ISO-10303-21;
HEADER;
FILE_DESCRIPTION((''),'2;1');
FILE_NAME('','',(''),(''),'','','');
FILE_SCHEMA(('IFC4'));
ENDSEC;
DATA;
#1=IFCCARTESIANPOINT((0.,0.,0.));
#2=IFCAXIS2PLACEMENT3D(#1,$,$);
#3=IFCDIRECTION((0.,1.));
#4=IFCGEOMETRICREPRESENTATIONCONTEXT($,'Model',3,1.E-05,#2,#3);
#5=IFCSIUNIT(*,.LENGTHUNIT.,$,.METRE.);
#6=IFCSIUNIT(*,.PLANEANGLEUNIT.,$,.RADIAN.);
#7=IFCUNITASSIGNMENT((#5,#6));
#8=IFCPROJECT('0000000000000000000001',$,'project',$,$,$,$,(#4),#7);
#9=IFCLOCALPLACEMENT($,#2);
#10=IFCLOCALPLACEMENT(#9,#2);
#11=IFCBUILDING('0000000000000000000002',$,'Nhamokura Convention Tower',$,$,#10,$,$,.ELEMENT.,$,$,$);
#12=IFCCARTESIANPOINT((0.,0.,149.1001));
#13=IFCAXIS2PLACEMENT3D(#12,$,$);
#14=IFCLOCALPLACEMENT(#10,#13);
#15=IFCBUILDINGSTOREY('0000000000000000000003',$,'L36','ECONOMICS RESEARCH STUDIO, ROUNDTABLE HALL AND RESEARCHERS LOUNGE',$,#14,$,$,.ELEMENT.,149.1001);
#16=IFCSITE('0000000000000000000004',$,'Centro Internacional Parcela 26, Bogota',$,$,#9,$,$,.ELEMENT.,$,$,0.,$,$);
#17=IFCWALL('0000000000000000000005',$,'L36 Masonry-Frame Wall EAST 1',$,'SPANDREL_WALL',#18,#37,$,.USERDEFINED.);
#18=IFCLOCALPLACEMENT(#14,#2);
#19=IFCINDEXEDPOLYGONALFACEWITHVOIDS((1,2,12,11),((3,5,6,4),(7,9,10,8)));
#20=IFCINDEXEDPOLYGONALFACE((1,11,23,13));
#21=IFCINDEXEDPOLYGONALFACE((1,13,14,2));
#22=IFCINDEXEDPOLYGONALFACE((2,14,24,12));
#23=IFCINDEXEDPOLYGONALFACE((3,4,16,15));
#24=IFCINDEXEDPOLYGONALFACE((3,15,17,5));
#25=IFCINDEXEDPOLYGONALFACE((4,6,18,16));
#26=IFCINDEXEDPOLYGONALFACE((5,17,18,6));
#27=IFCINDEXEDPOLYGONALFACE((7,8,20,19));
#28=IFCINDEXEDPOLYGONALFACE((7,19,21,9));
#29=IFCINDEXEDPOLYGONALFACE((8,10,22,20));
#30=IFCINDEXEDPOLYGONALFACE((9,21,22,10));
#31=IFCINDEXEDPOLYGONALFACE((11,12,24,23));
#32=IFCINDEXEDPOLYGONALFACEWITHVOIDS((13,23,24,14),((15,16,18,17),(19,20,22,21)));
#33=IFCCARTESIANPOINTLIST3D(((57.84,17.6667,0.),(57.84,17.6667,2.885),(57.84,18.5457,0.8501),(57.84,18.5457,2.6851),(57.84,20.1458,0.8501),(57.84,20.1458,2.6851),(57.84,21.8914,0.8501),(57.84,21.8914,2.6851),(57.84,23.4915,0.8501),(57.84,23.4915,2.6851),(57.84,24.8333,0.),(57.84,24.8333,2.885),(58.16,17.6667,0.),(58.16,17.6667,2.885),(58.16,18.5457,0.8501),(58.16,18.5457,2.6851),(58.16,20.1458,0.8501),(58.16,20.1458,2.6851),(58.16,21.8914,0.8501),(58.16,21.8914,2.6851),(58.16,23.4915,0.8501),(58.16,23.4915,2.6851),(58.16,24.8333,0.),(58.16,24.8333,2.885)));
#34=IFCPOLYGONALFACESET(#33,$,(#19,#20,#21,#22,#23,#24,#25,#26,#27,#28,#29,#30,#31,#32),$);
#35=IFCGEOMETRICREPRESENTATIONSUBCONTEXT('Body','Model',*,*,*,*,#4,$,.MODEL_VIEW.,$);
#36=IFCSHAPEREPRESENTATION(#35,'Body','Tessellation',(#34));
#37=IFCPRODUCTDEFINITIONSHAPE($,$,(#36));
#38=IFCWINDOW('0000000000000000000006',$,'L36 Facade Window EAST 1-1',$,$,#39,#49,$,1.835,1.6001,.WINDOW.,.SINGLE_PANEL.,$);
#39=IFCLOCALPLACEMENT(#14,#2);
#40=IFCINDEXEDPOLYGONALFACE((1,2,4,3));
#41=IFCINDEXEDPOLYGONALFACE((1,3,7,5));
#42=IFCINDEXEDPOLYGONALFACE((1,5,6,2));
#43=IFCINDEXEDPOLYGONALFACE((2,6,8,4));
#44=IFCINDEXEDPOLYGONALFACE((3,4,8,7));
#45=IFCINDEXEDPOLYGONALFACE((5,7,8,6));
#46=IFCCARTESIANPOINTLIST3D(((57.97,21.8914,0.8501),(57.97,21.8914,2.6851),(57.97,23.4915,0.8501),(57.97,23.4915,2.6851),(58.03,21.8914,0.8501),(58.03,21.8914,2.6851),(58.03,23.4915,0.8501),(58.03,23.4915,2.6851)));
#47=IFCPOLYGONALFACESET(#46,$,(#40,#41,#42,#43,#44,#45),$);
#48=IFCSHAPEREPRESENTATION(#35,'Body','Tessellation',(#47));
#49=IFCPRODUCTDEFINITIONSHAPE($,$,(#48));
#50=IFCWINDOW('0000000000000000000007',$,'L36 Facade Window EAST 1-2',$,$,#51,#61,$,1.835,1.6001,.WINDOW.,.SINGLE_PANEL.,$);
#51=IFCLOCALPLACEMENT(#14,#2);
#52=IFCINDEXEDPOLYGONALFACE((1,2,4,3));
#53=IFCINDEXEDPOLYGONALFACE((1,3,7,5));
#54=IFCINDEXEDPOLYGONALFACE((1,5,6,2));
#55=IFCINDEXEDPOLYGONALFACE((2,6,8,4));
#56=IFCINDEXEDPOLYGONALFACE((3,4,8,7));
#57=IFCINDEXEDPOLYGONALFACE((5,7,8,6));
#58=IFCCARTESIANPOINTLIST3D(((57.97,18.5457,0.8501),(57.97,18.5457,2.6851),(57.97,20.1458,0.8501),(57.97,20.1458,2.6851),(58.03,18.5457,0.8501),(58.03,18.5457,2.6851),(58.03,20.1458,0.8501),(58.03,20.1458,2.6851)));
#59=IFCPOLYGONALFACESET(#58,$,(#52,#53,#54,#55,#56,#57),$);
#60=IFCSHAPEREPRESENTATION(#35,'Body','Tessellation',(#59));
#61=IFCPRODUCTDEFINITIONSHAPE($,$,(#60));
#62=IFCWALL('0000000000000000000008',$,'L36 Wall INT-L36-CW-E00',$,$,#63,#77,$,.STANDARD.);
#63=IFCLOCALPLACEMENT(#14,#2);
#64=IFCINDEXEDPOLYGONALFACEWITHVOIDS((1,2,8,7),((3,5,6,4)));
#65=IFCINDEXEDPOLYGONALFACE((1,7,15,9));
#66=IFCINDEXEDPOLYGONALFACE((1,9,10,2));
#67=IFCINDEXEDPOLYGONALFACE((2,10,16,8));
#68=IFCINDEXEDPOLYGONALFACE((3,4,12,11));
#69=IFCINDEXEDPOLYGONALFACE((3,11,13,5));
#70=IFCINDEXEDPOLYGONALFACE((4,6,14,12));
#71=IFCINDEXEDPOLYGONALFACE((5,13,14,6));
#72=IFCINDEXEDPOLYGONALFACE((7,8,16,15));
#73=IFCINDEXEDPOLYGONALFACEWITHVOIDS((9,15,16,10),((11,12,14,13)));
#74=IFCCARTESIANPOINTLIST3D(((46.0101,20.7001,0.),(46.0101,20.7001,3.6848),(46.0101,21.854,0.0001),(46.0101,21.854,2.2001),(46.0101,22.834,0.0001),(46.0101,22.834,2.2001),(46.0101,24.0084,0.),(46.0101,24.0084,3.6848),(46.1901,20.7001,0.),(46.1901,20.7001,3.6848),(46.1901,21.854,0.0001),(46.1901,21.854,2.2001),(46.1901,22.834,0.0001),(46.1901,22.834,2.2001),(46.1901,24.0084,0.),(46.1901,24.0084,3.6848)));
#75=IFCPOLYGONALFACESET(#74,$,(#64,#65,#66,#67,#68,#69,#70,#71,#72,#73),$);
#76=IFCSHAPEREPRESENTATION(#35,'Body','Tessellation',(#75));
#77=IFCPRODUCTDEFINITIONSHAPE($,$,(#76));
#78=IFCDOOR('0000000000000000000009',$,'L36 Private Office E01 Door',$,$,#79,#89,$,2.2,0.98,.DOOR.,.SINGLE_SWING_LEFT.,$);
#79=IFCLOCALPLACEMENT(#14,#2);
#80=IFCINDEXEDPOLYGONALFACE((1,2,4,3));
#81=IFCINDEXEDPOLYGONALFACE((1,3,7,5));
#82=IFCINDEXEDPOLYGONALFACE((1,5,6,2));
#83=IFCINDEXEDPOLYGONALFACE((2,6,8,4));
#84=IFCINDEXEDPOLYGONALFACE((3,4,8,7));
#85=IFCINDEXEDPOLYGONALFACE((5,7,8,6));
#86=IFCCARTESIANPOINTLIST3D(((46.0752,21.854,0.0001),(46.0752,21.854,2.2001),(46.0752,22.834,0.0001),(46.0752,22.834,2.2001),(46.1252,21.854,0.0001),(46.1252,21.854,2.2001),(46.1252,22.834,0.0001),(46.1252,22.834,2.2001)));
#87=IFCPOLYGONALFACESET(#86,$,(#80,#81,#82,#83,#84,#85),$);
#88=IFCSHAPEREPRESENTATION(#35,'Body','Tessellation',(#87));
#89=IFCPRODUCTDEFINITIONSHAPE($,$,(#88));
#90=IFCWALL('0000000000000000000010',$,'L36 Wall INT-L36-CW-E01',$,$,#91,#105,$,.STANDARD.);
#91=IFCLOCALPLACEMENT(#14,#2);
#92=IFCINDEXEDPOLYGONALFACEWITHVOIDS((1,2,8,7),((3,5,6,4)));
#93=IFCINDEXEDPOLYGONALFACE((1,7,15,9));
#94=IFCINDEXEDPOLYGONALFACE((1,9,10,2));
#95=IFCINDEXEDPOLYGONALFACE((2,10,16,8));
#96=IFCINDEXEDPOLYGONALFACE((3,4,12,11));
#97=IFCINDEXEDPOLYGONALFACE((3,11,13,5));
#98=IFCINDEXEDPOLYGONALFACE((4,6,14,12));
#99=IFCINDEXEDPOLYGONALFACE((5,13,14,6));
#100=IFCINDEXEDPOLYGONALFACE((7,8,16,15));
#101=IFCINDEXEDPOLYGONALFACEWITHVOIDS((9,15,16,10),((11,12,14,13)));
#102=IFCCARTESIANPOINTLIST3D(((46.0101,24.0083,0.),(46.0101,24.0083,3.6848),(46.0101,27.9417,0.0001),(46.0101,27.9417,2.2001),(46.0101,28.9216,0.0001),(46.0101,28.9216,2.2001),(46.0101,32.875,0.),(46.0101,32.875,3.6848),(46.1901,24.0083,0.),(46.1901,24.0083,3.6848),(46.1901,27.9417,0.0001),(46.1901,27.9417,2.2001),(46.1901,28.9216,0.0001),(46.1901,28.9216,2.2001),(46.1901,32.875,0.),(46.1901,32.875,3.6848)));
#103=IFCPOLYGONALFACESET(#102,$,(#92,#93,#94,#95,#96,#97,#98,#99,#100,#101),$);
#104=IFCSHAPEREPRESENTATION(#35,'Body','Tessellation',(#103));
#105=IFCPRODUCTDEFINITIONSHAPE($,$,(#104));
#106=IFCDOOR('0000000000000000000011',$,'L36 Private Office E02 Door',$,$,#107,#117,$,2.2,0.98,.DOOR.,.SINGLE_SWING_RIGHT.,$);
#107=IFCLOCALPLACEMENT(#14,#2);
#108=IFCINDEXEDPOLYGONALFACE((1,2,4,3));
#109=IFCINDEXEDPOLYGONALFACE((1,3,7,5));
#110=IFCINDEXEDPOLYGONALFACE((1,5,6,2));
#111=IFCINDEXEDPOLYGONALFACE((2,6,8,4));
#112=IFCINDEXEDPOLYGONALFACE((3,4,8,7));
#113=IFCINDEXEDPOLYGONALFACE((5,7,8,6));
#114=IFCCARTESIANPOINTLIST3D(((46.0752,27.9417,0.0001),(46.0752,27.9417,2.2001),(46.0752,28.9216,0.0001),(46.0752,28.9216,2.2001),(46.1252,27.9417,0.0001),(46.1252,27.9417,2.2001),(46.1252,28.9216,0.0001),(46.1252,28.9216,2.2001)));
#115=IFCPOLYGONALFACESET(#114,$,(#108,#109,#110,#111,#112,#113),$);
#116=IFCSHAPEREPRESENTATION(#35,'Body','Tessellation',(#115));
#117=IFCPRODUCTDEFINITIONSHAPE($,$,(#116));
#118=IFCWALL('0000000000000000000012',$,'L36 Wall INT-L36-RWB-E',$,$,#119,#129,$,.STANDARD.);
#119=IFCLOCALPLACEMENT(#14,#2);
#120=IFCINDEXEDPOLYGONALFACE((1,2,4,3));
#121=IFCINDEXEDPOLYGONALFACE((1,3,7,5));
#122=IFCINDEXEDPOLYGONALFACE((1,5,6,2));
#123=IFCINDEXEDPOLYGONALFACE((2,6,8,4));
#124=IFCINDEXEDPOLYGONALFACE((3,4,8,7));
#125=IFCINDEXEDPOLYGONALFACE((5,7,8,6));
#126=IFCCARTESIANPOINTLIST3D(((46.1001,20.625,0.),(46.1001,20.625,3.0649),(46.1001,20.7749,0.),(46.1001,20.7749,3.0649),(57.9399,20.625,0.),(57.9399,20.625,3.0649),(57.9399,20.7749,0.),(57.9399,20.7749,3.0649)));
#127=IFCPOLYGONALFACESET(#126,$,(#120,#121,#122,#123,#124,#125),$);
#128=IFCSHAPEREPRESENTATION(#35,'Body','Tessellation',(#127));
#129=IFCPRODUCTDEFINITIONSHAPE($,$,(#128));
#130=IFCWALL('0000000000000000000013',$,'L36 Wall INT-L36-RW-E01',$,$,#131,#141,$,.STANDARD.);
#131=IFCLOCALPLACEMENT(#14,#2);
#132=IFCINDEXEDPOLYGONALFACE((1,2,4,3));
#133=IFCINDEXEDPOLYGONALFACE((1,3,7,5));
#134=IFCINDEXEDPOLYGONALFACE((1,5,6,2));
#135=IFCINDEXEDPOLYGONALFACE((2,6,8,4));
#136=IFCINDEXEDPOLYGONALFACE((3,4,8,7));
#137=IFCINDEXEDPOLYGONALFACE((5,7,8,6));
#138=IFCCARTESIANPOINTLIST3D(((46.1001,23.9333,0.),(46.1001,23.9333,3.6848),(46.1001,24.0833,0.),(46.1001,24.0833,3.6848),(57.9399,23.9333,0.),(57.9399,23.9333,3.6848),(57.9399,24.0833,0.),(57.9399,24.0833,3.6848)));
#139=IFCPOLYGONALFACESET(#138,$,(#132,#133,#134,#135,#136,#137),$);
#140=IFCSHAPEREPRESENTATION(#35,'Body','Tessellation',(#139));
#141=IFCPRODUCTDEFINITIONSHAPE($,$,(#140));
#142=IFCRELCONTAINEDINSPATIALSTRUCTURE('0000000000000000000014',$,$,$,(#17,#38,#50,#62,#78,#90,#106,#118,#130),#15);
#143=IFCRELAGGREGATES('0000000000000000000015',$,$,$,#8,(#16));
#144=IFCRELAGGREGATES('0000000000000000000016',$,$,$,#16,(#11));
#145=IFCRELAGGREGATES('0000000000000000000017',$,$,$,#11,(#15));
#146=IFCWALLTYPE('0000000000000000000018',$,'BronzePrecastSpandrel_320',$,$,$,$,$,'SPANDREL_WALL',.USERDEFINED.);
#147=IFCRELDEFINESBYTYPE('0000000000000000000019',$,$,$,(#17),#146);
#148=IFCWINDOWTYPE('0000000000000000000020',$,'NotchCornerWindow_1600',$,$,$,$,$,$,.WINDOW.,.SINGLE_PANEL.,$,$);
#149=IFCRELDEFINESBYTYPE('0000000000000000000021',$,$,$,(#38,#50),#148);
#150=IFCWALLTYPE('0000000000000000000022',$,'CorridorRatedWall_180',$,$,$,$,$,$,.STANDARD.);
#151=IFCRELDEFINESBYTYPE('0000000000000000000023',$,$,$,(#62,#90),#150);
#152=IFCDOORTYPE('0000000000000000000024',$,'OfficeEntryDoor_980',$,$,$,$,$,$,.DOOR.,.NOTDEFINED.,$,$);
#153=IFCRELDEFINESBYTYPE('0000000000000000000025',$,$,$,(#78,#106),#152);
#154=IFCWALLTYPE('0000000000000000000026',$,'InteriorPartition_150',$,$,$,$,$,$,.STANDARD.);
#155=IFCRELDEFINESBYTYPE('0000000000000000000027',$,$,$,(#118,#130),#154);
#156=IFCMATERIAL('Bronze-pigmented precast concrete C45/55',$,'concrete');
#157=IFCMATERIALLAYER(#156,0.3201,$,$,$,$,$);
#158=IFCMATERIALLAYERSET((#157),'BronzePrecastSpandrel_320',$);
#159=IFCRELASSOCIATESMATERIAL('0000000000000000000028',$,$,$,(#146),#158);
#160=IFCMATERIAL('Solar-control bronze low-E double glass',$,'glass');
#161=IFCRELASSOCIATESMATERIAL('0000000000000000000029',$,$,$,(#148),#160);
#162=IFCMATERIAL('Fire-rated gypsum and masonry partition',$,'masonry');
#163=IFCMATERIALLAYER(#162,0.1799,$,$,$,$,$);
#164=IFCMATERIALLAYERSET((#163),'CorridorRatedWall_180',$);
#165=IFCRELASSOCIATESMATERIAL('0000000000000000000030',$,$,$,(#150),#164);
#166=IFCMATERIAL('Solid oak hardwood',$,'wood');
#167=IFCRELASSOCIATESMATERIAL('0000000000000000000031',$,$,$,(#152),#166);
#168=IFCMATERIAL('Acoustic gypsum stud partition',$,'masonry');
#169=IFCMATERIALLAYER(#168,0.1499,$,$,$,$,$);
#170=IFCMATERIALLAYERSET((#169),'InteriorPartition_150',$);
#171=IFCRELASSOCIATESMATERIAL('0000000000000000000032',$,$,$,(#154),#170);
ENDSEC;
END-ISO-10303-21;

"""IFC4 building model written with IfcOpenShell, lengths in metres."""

from ifc_helpers import new_model, si_unit, direction, frame, frame_2d, origin, place, context, subcontext, project, spatial, rectangle, extrude, material, layer, layer_set, type_object, element, fill, save


model = new_model("IFC4")

# Units and contexts
model_context = context("Model", 3, precision=1e-05, world=origin(), true_north=direction((0.0, 1.0)))
body_context = subcontext(model_context, "Body", "Model", "MODEL_VIEW")
ifc_project = project(units=[si_unit("LENGTHUNIT", "METRE"), si_unit("PLANEANGLEUNIT", "RADIAN")], contexts=[model_context])

# Site, building, storey
site_placement = place(None, origin())
site = spatial("IfcSite", under=ifc_project, at=site_placement, Name="Centro Internacional Parcela 26, Bogota", CompositionType="ELEMENT", RefElevation=0.0)
building_placement = place(site_placement, origin())
building = spatial("IfcBuilding", under=site, at=building_placement, Name="Nhamokura Convention Tower", CompositionType="ELEMENT")
storey_placement = place(building_placement, frame((0.0, 0.0, 149.1001)))
storey = spatial("IfcBuildingStorey", under=building, at=storey_placement, Name="L36", Description="ECONOMICS RESEARCH STUDIO, ROUNDTABLE HALL AND RESEARCHERS LOUNGE", CompositionType="ELEMENT", Elevation=149.1001)

# Shared definitions
ifc_material_1 = material(Name="Bronze-pigmented precast concrete C45/55", Category="concrete")
ifc_layer_1 = layer(ifc_material_1, 0.3201)
ifc_layer_set_1 = layer_set([ifc_layer_1], Name="BronzePrecastSpandrel_320")
wall_type_1 = type_object("IfcWallType", Name="BronzePrecastSpandrel_320", ElementType="SPANDREL_WALL", PredefinedType="USERDEFINED", material=ifc_layer_set_1)

# Wall, openings, windows
wall_1_placement = place(storey_placement, frame((58.0, 24.8333, 0.0), z_axis=(0.0, 0.0, 1.0), x_axis=(0.0, -1.0, 0.0)))
wall_1 = element("IfcWall", 1, at=wall_1_placement, inside=storey, type_object=wall_type_1, Name="L36 Masonry-Frame Wall EAST 1", ObjectType="SPANDREL_WALL", PredefinedType="USERDEFINED", context=body_context, shape_type="SweptSolid", body=[
    extrude(rectangle(XDim=7.1665, YDim=0.3201, at=frame_2d((3.5833, 0.0))), origin(), (0.0, 0.0, 1.0), 2.885),
])
opening_1_placement = place(wall_1_placement, frame((1.3418, 0.0, 0.8501)))
opening_1 = element("IfcOpeningElement", 2, at=opening_1_placement, cuts=wall_1, PredefinedType="OPENING", context=body_context, shape_type="SweptSolid", body=[
    extrude(rectangle(XDim=1.6001, YDim=1.835, at=frame_2d((0.8, 0.9175))), frame((0.0, 0.1699, 0.0), z_axis=(0.0, -1.0, 0.0), x_axis=(1.0, 0.0, 0.0)), (0.0, 0.0, 1.0), 0.3401),
])
opening_2_placement = place(wall_1_placement, frame((4.6875, 0.0, 0.8501)))
opening_2 = element("IfcOpeningElement", 3, at=opening_2_placement, cuts=wall_1, PredefinedType="OPENING", context=body_context, shape_type="SweptSolid", body=[
    extrude(rectangle(XDim=1.6001, YDim=1.835, at=frame_2d((0.8, 0.9175))), frame((0.0, 0.1699, 0.0), z_axis=(0.0, -1.0, 0.0), x_axis=(1.0, 0.0, 0.0)), (0.0, 0.0, 1.0), 0.3401),
])
ifc_material_2 = material(Name="Solar-control bronze low-E double glass", Category="glass")
window_type = type_object("IfcWindowType", Name="NotchCornerWindow_1600", PartitioningType="SINGLE_PANEL", PredefinedType="WINDOW", material=ifc_material_2)
window_1_placement = place(opening_1_placement, origin())
window_1 = element("IfcWindow", 4, at=window_1_placement, inside=storey, type_object=window_type, Name="L36 Facade Window EAST 1-1", OverallHeight=1.835, OverallWidth=1.6001, PartitioningType="SINGLE_PANEL", PredefinedType="WINDOW", context=body_context, shape_type="SweptSolid", body=[
    extrude(rectangle(XDim=1.6001, YDim=1.835, at=frame_2d((0.8, 0.9175))), frame((0.0, 0.03, 0.0), z_axis=(0.0, -1.0, 0.0), x_axis=(1.0, 0.0, 0.0)), (0.0, 0.0, 1.0), 0.0601),
])
fill(opening_1, window_1)
window_2_placement = place(opening_2_placement, origin())
window_2 = element("IfcWindow", 5, at=window_2_placement, inside=storey, type_object=window_type, Name="L36 Facade Window EAST 1-2", OverallHeight=1.835, OverallWidth=1.6001, PartitioningType="SINGLE_PANEL", PredefinedType="WINDOW", context=body_context, shape_type="SweptSolid", body=[
    extrude(rectangle(XDim=1.6001, YDim=1.835, at=frame_2d((0.8, 0.9175))), frame((0.0, 0.03, 0.0), z_axis=(0.0, -1.0, 0.0), x_axis=(1.0, 0.0, 0.0)), (0.0, 0.0, 1.0), 0.0601),
])
fill(opening_2, window_2)

# Walls, openings, doors
ifc_material_3 = material(Name="Fire-rated gypsum and masonry partition", Category="masonry")
ifc_layer_2 = layer(ifc_material_3, 0.1799)
ifc_layer_set_2 = layer_set([ifc_layer_2], Name="CorridorRatedWall_180")
wall_type_2 = type_object("IfcWallType", Name="CorridorRatedWall_180", PredefinedType="STANDARD", material=ifc_layer_set_2)
wall_2_placement = place(storey_placement, frame((46.1001, 20.7, 0.0), z_axis=(0.0, 0.0, 1.0), x_axis=(0.0, 1.0, 0.0)))
wall_2 = element("IfcWall", 6, at=wall_2_placement, inside=storey, type_object=wall_type_2, Name="L36 Wall INT-L36-CW-E00", PredefinedType="STANDARD", context=body_context, shape_type="SweptSolid", body=[
    extrude(rectangle(XDim=3.3083, YDim=0.1799, at=frame_2d((1.6543, 0.0))), origin(), (0.0, 0.0, 1.0), 3.6848),
])
opening_3_placement = place(wall_2_placement, frame((1.1541, 0.0, 0.0)))
opening_3 = element("IfcOpeningElement", 7, at=opening_3_placement, cuts=wall_2, PredefinedType="OPENING", context=body_context, shape_type="SweptSolid", body=[
    extrude(rectangle(XDim=0.98, YDim=2.2, at=frame_2d((0.49, 1.1001))), frame((0.0, 0.0999, 0.0), z_axis=(0.0, -1.0, 0.0), x_axis=(1.0, 0.0, 0.0)), (0.0, 0.0, 1.0), 0.2),
])
ifc_material_4 = material(Name="Solid oak hardwood", Category="wood")
door_type = type_object("IfcDoorType", Name="OfficeEntryDoor_980", OperationType="NOTDEFINED", PredefinedType="DOOR", material=ifc_material_4)
door_1_placement = place(opening_3_placement, origin())
door_1 = element("IfcDoor", 8, at=door_1_placement, inside=storey, type_object=door_type, Name="L36 Private Office E01 Door", OperationType="SINGLE_SWING_LEFT", OverallHeight=2.2, OverallWidth=0.98, PredefinedType="DOOR", context=body_context, shape_type="SweptSolid", body=[
    extrude(rectangle(XDim=0.98, YDim=2.2, at=frame_2d((0.49, 1.1001))), frame((0.0, 0.0249, 0.0), z_axis=(0.0, -1.0, 0.0), x_axis=(1.0, 0.0, 0.0)), (0.0, 0.0, 1.0), 0.05),
])
fill(opening_3, door_1)
wall_3_placement = place(storey_placement, frame((46.1001, 24.0083, 0.0), z_axis=(0.0, 0.0, 1.0), x_axis=(0.0, 1.0, 0.0)))
wall_3 = element("IfcWall", 9, at=wall_3_placement, inside=storey, type_object=wall_type_2, Name="L36 Wall INT-L36-CW-E01", PredefinedType="STANDARD", context=body_context, shape_type="SweptSolid", body=[
    extrude(rectangle(XDim=8.8667, YDim=0.1799, at=frame_2d((4.4333, 0.0))), origin(), (0.0, 0.0, 1.0), 3.6848),
])
opening_4_placement = place(wall_3_placement, frame((3.9333, 0.0, 0.0)))
opening_4 = element("IfcOpeningElement", 10, at=opening_4_placement, cuts=wall_3, PredefinedType="OPENING", context=body_context, shape_type="SweptSolid", body=[
    extrude(rectangle(XDim=0.98, YDim=2.2, at=frame_2d((0.49, 1.1001))), frame((0.0, 0.0999, 0.0), z_axis=(0.0, -1.0, 0.0), x_axis=(1.0, 0.0, 0.0)), (0.0, 0.0, 1.0), 0.2),
])
door_2_placement = place(opening_4_placement, origin())
door_2 = element("IfcDoor", 11, at=door_2_placement, inside=storey, type_object=door_type, Name="L36 Private Office E02 Door", OperationType="SINGLE_SWING_RIGHT", OverallHeight=2.2, OverallWidth=0.98, PredefinedType="DOOR", context=body_context, shape_type="SweptSolid", body=[
    extrude(rectangle(XDim=0.98, YDim=2.2, at=frame_2d((0.49, 1.1001))), frame((0.0, 0.0249, 0.0), z_axis=(0.0, -1.0, 0.0), x_axis=(1.0, 0.0, 0.0)), (0.0, 0.0, 1.0), 0.05),
])
fill(opening_4, door_2)

# Walls
ifc_material_5 = material(Name="Acoustic gypsum stud partition", Category="masonry")
ifc_layer_3 = layer(ifc_material_5, 0.1499)
ifc_layer_set_3 = layer_set([ifc_layer_3], Name="InteriorPartition_150")
wall_type_3 = type_object("IfcWallType", Name="InteriorPartition_150", PredefinedType="STANDARD", material=ifc_layer_set_3)
wall_4_placement = place(storey_placement, frame((46.1001, 20.7, 0.0), z_axis=(0.0, 0.0, 1.0), x_axis=(1.0, 0.0, 0.0)))
element("IfcWall", 12, at=wall_4_placement, inside=storey, type_object=wall_type_3, Name="L36 Wall INT-L36-RWB-E", PredefinedType="STANDARD", context=body_context, shape_type="SweptSolid", body=[
    extrude(rectangle(XDim=11.8398, YDim=0.1499, at=frame_2d((5.9199, 0.0))), origin(), (0.0, 0.0, 1.0), 3.0649),
])
wall_5_placement = place(storey_placement, frame((46.1001, 24.0083, 0.0), z_axis=(0.0, 0.0, 1.0), x_axis=(1.0, 0.0, 0.0)))
element("IfcWall", 13, at=wall_5_placement, inside=storey, type_object=wall_type_3, Name="L36 Wall INT-L36-RW-E01", PredefinedType="STANDARD", context=body_context, shape_type="SweptSolid", body=[
    extrude(rectangle(XDim=11.8398, YDim=0.1499, at=frame_2d((5.9199, 0.0))), origin(), (0.0, 0.0, 1.0), 3.6848),
])

save(model, "model.ifc")
